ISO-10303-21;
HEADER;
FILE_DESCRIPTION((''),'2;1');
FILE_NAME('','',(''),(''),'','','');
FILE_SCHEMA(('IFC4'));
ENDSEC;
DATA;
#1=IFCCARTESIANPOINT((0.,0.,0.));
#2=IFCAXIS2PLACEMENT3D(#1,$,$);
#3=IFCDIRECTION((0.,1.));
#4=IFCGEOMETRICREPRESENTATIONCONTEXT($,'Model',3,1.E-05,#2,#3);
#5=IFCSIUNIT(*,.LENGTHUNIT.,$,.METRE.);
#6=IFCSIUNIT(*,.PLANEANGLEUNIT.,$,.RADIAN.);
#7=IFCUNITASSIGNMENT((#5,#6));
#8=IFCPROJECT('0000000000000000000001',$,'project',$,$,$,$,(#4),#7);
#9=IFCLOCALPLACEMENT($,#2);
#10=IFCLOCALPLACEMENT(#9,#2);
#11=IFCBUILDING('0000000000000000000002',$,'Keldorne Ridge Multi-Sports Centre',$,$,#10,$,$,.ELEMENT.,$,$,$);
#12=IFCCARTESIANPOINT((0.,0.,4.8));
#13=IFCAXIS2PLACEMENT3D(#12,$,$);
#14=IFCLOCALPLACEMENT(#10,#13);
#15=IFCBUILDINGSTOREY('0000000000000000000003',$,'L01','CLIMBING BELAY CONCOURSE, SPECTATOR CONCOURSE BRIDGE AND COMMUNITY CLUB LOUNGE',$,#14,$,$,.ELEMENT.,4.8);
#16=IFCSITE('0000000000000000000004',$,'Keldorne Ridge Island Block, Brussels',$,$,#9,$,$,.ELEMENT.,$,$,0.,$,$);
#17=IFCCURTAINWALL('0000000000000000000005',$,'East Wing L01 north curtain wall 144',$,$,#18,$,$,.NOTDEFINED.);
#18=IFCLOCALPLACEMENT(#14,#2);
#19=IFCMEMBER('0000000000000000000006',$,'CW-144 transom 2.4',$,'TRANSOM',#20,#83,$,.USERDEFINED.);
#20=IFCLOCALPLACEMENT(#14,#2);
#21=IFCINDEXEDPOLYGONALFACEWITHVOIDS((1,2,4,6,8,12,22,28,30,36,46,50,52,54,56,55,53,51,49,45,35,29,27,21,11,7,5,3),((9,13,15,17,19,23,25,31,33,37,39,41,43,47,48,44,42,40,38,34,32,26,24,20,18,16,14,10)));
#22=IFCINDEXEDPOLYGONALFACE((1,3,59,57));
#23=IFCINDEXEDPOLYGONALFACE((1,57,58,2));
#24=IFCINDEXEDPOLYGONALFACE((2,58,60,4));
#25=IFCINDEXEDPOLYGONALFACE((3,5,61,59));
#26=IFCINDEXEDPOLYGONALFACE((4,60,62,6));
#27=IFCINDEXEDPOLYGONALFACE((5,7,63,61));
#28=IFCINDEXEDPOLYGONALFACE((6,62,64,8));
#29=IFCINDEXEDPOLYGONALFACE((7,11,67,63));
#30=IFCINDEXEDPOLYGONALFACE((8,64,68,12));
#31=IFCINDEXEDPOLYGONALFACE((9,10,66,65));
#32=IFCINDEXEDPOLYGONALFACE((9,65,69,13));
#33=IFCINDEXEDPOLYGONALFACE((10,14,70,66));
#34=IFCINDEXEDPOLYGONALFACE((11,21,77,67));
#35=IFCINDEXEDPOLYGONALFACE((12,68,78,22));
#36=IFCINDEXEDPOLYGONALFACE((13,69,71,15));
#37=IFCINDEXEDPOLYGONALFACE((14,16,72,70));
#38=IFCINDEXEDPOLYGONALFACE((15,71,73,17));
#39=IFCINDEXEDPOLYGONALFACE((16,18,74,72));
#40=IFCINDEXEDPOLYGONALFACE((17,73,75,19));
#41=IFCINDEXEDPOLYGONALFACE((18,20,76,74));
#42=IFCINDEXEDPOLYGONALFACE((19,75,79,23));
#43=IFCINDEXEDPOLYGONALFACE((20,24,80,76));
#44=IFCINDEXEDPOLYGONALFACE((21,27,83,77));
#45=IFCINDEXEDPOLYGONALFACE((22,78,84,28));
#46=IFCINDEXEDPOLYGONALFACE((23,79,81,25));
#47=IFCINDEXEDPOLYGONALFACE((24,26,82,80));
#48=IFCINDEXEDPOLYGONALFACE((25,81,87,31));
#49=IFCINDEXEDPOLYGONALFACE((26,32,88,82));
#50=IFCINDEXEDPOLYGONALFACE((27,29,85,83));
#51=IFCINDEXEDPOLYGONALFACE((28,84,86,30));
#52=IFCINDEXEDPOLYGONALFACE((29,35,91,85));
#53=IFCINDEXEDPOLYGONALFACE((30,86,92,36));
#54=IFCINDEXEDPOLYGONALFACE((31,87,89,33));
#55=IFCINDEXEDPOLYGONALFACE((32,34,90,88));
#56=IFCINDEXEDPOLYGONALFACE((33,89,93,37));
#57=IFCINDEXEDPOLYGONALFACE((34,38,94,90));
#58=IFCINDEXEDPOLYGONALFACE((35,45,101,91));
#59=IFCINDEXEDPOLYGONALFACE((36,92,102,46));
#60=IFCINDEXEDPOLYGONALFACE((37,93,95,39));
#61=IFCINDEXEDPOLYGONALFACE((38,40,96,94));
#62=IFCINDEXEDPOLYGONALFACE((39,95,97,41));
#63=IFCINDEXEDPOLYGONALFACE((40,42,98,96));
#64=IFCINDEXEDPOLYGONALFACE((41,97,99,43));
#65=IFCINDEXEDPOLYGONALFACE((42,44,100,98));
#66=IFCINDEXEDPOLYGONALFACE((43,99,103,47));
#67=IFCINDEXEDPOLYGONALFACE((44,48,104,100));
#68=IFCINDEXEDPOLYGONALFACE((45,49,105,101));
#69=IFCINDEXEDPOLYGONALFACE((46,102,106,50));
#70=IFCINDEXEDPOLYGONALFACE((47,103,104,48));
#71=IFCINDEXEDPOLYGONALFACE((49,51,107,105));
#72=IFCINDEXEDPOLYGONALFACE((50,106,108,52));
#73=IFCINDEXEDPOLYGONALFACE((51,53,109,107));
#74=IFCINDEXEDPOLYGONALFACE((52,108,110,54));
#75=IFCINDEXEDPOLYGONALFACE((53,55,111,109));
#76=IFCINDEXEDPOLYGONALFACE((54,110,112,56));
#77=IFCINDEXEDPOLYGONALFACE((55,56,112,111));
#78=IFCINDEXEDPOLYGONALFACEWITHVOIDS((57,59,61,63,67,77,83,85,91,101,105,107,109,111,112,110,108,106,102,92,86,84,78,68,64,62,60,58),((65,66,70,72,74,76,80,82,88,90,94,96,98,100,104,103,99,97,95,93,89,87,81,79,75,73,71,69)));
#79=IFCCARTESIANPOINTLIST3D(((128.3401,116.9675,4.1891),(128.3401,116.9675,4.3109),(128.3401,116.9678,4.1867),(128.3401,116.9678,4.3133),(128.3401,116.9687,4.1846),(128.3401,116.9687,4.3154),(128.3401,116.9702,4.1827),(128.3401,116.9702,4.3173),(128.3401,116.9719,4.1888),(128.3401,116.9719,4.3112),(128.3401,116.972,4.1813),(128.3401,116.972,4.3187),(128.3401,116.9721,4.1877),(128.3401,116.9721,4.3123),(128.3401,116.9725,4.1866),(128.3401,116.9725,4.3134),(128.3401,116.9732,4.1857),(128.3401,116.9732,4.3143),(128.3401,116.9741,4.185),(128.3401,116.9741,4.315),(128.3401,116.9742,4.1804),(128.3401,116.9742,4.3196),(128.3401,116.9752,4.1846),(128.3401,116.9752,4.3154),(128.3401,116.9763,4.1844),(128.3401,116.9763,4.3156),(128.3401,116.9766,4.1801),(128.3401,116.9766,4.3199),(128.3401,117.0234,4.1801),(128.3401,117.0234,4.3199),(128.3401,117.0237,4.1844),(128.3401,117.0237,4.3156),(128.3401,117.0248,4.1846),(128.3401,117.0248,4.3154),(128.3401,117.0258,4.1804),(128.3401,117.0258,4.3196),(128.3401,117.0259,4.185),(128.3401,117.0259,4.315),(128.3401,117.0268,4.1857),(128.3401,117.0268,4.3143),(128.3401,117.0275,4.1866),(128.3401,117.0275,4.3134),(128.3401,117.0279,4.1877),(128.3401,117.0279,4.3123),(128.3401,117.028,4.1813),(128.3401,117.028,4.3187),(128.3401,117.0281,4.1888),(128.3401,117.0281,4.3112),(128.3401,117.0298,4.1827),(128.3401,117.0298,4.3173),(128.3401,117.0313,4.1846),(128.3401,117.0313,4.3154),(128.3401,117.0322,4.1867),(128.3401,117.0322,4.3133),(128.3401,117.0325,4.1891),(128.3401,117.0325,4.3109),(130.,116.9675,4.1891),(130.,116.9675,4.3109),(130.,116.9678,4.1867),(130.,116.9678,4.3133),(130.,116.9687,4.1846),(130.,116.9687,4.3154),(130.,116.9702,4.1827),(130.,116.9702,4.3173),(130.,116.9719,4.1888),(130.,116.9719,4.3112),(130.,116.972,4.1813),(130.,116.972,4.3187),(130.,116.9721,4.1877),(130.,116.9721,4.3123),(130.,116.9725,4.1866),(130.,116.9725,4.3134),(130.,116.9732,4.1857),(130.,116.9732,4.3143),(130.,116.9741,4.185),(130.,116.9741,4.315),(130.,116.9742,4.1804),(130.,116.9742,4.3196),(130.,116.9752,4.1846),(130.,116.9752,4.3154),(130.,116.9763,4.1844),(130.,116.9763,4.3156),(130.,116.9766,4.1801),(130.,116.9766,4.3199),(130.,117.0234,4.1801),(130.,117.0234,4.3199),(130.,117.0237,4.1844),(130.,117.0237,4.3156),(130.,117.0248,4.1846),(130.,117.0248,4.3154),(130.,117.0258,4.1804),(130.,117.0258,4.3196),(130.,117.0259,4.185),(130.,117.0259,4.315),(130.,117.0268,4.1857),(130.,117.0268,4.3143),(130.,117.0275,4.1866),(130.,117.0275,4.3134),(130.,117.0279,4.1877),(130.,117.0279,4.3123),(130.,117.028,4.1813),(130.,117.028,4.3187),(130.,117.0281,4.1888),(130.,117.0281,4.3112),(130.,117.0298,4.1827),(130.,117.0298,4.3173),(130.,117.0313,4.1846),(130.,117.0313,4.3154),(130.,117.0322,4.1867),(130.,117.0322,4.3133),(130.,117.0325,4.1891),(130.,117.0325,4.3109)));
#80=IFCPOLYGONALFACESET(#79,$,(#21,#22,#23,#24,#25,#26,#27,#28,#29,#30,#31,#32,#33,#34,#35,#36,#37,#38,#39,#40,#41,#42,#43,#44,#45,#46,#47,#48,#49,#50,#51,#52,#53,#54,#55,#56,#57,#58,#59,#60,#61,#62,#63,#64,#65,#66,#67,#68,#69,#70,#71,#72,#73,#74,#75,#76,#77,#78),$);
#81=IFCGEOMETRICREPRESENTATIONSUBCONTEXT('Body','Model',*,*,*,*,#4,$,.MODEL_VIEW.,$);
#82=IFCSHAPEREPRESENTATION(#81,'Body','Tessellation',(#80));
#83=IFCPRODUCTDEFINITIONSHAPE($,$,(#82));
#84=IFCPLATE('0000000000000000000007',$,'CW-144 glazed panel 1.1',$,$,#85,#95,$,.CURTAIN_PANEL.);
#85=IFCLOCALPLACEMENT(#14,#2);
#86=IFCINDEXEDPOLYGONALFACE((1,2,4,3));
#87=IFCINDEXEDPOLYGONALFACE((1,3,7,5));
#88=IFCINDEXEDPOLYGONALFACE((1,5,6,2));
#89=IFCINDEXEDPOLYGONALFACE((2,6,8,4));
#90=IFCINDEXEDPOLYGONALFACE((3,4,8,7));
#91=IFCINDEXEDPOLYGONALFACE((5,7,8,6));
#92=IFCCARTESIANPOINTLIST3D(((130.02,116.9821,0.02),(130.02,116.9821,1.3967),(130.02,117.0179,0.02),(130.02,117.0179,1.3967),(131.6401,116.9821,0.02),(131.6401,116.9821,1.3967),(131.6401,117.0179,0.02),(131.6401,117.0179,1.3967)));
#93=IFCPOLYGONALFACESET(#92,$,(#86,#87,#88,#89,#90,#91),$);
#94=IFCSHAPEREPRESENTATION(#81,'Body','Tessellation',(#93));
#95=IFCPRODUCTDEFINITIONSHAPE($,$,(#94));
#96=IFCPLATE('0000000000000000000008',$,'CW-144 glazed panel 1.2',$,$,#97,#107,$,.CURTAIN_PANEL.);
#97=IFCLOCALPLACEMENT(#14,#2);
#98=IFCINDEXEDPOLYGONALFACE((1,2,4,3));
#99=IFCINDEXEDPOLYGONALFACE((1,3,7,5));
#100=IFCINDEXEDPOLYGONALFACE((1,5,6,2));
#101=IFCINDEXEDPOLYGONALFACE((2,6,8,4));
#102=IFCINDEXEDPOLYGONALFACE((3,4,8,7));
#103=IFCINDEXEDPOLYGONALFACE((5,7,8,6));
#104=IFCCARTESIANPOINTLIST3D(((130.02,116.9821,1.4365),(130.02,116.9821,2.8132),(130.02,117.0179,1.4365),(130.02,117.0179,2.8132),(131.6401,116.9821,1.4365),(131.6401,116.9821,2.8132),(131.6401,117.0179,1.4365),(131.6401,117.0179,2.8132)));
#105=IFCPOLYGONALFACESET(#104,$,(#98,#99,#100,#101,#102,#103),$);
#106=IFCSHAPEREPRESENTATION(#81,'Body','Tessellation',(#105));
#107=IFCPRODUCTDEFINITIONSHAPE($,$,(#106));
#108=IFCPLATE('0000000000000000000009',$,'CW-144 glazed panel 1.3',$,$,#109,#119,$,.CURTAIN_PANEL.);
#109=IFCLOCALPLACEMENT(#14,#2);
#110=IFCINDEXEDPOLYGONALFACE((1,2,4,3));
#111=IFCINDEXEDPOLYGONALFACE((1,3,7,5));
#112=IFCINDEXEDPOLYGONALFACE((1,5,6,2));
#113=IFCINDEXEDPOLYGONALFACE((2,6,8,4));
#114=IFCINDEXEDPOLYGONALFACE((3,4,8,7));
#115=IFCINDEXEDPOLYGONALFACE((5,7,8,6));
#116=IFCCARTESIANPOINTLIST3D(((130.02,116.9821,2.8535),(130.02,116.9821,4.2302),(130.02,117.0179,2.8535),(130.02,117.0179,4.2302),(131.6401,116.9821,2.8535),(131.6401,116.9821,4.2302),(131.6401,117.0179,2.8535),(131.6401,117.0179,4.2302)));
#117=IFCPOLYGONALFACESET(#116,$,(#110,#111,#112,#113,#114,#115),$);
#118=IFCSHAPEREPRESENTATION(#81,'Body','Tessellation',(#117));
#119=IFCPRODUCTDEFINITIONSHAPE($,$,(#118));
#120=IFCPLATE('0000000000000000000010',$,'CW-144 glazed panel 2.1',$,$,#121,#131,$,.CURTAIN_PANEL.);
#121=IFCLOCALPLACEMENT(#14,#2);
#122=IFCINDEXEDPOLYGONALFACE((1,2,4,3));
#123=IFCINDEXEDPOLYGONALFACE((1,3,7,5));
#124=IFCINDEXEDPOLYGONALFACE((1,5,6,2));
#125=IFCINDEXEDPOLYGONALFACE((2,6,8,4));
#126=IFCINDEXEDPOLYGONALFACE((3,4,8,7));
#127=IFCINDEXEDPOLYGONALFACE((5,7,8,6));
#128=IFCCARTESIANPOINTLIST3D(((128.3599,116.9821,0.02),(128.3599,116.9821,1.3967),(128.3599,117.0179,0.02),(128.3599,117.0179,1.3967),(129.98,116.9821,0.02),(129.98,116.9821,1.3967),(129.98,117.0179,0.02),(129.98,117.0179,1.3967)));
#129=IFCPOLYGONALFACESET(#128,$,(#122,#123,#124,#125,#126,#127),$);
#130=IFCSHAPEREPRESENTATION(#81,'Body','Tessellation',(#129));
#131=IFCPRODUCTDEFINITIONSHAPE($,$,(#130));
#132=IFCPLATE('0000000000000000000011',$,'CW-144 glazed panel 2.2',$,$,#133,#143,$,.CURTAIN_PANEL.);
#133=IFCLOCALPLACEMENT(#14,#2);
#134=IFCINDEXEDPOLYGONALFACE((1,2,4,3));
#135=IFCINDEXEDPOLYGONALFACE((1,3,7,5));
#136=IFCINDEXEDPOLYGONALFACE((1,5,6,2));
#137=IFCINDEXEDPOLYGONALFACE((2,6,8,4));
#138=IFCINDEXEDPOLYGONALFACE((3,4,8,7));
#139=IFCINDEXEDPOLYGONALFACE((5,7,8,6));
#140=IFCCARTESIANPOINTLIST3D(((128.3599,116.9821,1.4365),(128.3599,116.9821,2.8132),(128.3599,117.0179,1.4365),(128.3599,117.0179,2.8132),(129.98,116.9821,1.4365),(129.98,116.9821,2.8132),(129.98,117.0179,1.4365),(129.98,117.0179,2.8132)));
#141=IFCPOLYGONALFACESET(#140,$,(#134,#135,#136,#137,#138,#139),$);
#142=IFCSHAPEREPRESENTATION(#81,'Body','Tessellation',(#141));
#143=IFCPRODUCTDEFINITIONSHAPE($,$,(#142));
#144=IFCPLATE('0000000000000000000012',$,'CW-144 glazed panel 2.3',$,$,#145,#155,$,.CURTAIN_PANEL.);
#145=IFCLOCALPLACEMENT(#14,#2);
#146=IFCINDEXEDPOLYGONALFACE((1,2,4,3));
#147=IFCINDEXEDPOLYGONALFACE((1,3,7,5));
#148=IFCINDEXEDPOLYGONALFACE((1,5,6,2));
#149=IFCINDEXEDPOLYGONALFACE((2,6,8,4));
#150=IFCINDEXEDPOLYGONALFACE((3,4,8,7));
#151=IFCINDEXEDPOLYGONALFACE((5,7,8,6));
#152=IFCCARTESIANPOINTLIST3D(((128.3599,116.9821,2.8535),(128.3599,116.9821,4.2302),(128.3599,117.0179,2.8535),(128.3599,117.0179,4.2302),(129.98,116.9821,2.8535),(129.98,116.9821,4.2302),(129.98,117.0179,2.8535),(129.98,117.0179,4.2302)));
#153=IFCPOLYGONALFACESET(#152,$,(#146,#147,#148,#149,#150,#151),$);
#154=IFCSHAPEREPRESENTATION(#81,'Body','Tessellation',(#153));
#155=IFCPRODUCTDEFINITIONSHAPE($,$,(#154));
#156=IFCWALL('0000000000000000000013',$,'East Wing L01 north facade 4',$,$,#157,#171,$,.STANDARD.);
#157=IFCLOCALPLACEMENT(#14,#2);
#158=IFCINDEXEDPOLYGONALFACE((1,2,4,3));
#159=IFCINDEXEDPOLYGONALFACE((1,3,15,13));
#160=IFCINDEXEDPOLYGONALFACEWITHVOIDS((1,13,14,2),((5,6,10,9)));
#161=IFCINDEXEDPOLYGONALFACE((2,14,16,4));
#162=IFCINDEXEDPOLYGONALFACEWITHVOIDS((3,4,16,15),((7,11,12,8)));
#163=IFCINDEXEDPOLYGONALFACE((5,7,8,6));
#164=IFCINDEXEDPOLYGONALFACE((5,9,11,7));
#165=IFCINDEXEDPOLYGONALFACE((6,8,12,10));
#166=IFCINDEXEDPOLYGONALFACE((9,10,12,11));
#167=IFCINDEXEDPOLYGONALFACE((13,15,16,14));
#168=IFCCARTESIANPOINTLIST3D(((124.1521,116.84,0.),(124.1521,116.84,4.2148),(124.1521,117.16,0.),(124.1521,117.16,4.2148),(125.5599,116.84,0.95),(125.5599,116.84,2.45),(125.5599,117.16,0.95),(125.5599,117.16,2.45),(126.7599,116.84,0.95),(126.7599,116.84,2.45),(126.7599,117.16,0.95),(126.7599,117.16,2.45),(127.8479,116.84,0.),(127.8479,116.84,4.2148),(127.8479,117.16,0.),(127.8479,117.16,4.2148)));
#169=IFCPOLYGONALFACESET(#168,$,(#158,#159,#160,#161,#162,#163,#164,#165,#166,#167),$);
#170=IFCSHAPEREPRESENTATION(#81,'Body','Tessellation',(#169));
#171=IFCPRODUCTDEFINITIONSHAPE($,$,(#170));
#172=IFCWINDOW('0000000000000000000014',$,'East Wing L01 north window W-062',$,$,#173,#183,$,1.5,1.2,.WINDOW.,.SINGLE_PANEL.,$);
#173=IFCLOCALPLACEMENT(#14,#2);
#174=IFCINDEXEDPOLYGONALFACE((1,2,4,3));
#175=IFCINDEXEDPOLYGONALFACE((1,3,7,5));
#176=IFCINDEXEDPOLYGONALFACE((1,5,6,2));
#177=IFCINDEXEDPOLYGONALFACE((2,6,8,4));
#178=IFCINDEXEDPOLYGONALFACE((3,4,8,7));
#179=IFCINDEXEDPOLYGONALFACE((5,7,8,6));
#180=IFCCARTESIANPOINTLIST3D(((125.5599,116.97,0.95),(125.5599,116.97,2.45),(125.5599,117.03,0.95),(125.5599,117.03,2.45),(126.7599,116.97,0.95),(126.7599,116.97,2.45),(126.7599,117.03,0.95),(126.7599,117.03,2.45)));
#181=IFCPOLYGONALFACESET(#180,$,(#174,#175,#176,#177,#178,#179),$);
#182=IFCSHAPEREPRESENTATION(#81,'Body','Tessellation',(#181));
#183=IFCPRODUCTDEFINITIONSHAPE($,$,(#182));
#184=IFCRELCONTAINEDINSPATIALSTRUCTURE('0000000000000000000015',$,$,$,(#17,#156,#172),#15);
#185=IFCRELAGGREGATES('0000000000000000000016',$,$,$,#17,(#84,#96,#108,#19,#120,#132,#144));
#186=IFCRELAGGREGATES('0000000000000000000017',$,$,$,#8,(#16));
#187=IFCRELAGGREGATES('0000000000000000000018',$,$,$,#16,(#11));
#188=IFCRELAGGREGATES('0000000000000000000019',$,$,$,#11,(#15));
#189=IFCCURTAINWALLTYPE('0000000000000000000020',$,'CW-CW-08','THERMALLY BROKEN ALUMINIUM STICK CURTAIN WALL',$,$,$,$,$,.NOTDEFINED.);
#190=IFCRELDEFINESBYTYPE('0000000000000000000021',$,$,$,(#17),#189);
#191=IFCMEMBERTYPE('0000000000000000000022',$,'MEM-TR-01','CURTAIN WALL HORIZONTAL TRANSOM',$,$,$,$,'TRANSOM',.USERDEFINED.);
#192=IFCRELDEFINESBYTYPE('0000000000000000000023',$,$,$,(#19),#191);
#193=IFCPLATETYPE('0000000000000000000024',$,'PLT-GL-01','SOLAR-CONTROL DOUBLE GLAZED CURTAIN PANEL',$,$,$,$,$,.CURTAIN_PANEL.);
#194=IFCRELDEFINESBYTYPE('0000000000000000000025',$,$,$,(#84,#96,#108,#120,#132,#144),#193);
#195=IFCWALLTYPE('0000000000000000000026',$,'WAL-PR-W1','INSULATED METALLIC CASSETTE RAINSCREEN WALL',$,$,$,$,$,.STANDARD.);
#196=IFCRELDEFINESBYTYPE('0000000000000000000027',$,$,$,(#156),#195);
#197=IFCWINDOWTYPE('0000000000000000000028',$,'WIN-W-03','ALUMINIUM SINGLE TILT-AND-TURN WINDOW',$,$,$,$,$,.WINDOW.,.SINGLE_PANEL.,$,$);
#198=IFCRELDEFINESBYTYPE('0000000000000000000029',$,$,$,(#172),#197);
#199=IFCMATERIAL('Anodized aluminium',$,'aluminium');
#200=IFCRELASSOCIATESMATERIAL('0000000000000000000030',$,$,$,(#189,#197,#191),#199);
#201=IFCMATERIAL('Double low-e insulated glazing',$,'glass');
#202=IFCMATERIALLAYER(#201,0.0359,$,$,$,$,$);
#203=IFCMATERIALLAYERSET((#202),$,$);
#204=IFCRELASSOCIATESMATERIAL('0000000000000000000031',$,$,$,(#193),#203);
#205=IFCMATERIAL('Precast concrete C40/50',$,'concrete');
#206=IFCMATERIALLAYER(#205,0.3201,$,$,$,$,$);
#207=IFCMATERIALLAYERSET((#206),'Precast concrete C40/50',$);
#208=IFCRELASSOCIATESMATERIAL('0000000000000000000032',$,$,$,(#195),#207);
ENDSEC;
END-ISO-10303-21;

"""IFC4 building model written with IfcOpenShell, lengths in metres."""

from ifc_helpers import new_model, si_unit, direction, frame, frame_2d, origin, origin_2d, place, context, subcontext, project, spatial, rectangle, hollow_rectangle, extrude, material, layer, layer_set, material_profile, profile_set, type_object, element, fill, aggregate, save


model = new_model("IFC4")

# Units and contexts
model_context = context("Model", 3, precision=1e-05, world=origin(), true_north=direction((0.0, 1.0)))
body_context = subcontext(model_context, "Body", "Model", "MODEL_VIEW")
ifc_project = project(units=[si_unit("LENGTHUNIT", "METRE"), si_unit("PLANEANGLEUNIT", "RADIAN")], contexts=[model_context])

# Site, building, storey
site_placement = place(None, origin())
site = spatial("IfcSite", under=ifc_project, at=site_placement, Name="Keldorne Ridge Island Block, Brussels", CompositionType="ELEMENT", RefElevation=0.0)
building_placement = place(site_placement, origin())
building = spatial("IfcBuilding", under=site, at=building_placement, Name="Keldorne Ridge Multi-Sports Centre", CompositionType="ELEMENT")
storey_placement = place(building_placement, frame((0.0, 0.0, 4.8)))
storey = spatial("IfcBuildingStorey", under=building, at=storey_placement, Name="L01", Description="CLIMBING BELAY CONCOURSE, SPECTATOR CONCOURSE BRIDGE AND COMMUNITY CLUB LOUNGE", CompositionType="ELEMENT", Elevation=4.8)

# Shared definitions
ifc_material_1 = material(Name="Anodized aluminium", Category="aluminium")

# Curtain wall
curtain_wall_type_1 = type_object("IfcCurtainWallType", Name="CW-CW-08", Description="THERMALLY BROKEN ALUMINIUM STICK CURTAIN WALL", PredefinedType="NOTDEFINED", material=ifc_material_1)
curtain_wall_1_placement = place(storey_placement, origin())
curtain_wall_1 = element("IfcCurtainWall", 1, at=curtain_wall_1_placement, inside=storey, type_object=curtain_wall_type_1, Name="East Wing L01 north curtain wall 144", PredefinedType="NOTDEFINED")

# Member
ifc_material_profile_1 = material_profile(ifc_material_1, hollow_rectangle(XDim=0.0649, YDim=0.1399, WallThickness=0.0044, InnerFilletRadius=0.0044, OuterFilletRadius=0.009, at=origin_2d()), Name="ALU TRANSOM 140x65x4.5")
ifc_profile_set_1 = profile_set([ifc_material_profile_1], Name="Anodized aluminium")
member_type_1 = type_object("IfcMemberType", Name="MEM-TR-01", Description="CURTAIN WALL HORIZONTAL TRANSOM", ElementType="TRANSOM", PredefinedType="USERDEFINED", material=ifc_profile_set_1)
member_1_placement = place(storey_placement, frame((130.0, 117.0, 4.25), z_axis=(-1.0, 0.0, 0.0), x_axis=(0.0, -1.0, 0.0)))
member_1 = element("IfcMember", 2, at=member_1_placement, type_object=member_type_1, Name="CW-144 transom 2.4", ObjectType="TRANSOM", PredefinedType="USERDEFINED", context=body_context, shape_type="SweptSolid", body=[
    extrude(hollow_rectangle(XDim=0.0649, YDim=0.1399, WallThickness=0.0044, InnerFilletRadius=0.0044, OuterFilletRadius=0.009, at=origin_2d()), origin(), (0.0, 0.0, 1.0), 1.6599),
])

# Plates
ifc_material_2 = material(Name="Double low-e insulated glazing", Category="glass")
ifc_layer_1 = layer(ifc_material_2, 0.0359)
ifc_layer_set_1 = layer_set([ifc_layer_1])
plate_type = type_object("IfcPlateType", Name="PLT-GL-01", Description="SOLAR-CONTROL DOUBLE GLAZED CURTAIN PANEL", PredefinedType="CURTAIN_PANEL", material=ifc_layer_set_1)
plate_1_placement = place(storey_placement, frame((130.8301, 117.0, 0.02), z_axis=(0.0, 0.0, 1.0), x_axis=(-1.0, 0.0, 0.0)))
plate_1 = element("IfcPlate", 3, at=plate_1_placement, type_object=plate_type, Name="CW-144 glazed panel 1.1", PredefinedType="CURTAIN_PANEL", context=body_context, shape_type="SweptSolid", body=[
    extrude(rectangle(XDim=1.6201, YDim=0.0359, at=origin_2d()), origin(), (0.0, 0.0, 1.0), 1.3767),
])
plate_2_placement = place(storey_placement, frame((130.8301, 117.0, 1.4365), z_axis=(0.0, 0.0, 1.0), x_axis=(-1.0, 0.0, 0.0)))
plate_2 = element("IfcPlate", 4, at=plate_2_placement, type_object=plate_type, Name="CW-144 glazed panel 1.2", PredefinedType="CURTAIN_PANEL", context=body_context, shape_type="SweptSolid", body=[
    extrude(rectangle(XDim=1.6201, YDim=0.0359, at=origin_2d()), origin(), (0.0, 0.0, 1.0), 1.3767),
])
plate_3_placement = place(storey_placement, frame((130.8301, 117.0, 2.8535), z_axis=(0.0, 0.0, 1.0), x_axis=(-1.0, 0.0, 0.0)))
plate_3 = element("IfcPlate", 5, at=plate_3_placement, type_object=plate_type, Name="CW-144 glazed panel 1.3", PredefinedType="CURTAIN_PANEL", context=body_context, shape_type="SweptSolid", body=[
    extrude(rectangle(XDim=1.6201, YDim=0.0359, at=origin_2d()), origin(), (0.0, 0.0, 1.0), 1.3767),
])
plate_4_placement = place(storey_placement, frame((129.1699, 117.0, 0.02), z_axis=(0.0, 0.0, 1.0), x_axis=(-1.0, 0.0, 0.0)))
plate_4 = element("IfcPlate", 6, at=plate_4_placement, type_object=plate_type, Name="CW-144 glazed panel 2.1", PredefinedType="CURTAIN_PANEL", context=body_context, shape_type="SweptSolid", body=[
    extrude(rectangle(XDim=1.6201, YDim=0.0359, at=origin_2d()), origin(), (0.0, 0.0, 1.0), 1.3767),
])
plate_5_placement = place(storey_placement, frame((129.1699, 117.0, 1.4365), z_axis=(0.0, 0.0, 1.0), x_axis=(-1.0, 0.0, 0.0)))
plate_5 = element("IfcPlate", 7, at=plate_5_placement, type_object=plate_type, Name="CW-144 glazed panel 2.2", PredefinedType="CURTAIN_PANEL", context=body_context, shape_type="SweptSolid", body=[
    extrude(rectangle(XDim=1.6201, YDim=0.0359, at=origin_2d()), origin(), (0.0, 0.0, 1.0), 1.3767),
])
plate_6_placement = place(storey_placement, frame((129.1699, 117.0, 2.8535), z_axis=(0.0, 0.0, 1.0), x_axis=(-1.0, 0.0, 0.0)))
plate_6 = element("IfcPlate", 8, at=plate_6_placement, type_object=plate_type, Name="CW-144 glazed panel 2.3", PredefinedType="CURTAIN_PANEL", context=body_context, shape_type="SweptSolid", body=[
    extrude(rectangle(XDim=1.6201, YDim=0.0359, at=origin_2d()), origin(), (0.0, 0.0, 1.0), 1.3767),
])
aggregate(curtain_wall_1, [plate_1, plate_2, plate_3, member_1, plate_4, plate_5, plate_6])

# Wall, opening, window
ifc_material_3 = material(Name="Precast concrete C40/50", Category="concrete")
ifc_layer_2 = layer(ifc_material_3, 0.3201)
ifc_layer_set_2 = layer_set([ifc_layer_2], Name="Precast concrete C40/50")
wall_type = type_object("IfcWallType", Name="WAL-PR-W1", Description="INSULATED METALLIC CASSETTE RAINSCREEN WALL", PredefinedType="STANDARD", material=ifc_layer_set_2)
wall_1_placement = place(storey_placement, frame((127.8479, 117.0, 0.0), z_axis=(0.0, 0.0, 1.0), x_axis=(-1.0, 0.0, 0.0)))
wall_1 = element("IfcWall", 9, at=wall_1_placement, inside=storey, type_object=wall_type, Name="East Wing L01 north facade 4", PredefinedType="STANDARD", context=body_context, shape_type="SweptSolid", body=[
    extrude(rectangle(XDim=3.6958, YDim=0.3201, at=frame_2d((1.8479, 0.0))), origin(), (0.0, 0.0, 1.0), 4.2148),
])
opening_1_placement = place(wall_1_placement, frame((1.0879, 0.0, 0.95)))
opening_1 = element("IfcOpeningElement", 10, at=opening_1_placement, cuts=wall_1, PredefinedType="OPENING", context=body_context, shape_type="SweptSolid", body=[
    extrude(rectangle(XDim=1.2, YDim=1.5, at=frame_2d((0.6001, 0.75))), frame((0.0, 0.1699, 0.0), z_axis=(0.0, -1.0, 0.0), x_axis=(1.0, 0.0, 0.0)), (0.0, 0.0, 1.0), 0.3401),
])
window_type = type_object("IfcWindowType", Name="WIN-W-03", Description="ALUMINIUM SINGLE TILT-AND-TURN WINDOW", PartitioningType="SINGLE_PANEL", PredefinedType="WINDOW", material=ifc_material_1)
window_1_placement = place(opening_1_placement, origin())
window_1 = element("IfcWindow", 11, at=window_1_placement, inside=storey, type_object=window_type, Name="East Wing L01 north window W-062", OverallHeight=1.5, OverallWidth=1.2, PartitioningType="SINGLE_PANEL", PredefinedType="WINDOW", context=body_context, shape_type="SweptSolid", body=[
    extrude(rectangle(XDim=1.2, YDim=1.5, at=frame_2d((0.6001, 0.75))), frame((0.0, 0.03, 0.0), z_axis=(0.0, -1.0, 0.0), x_axis=(1.0, 0.0, 0.0)), (0.0, 0.0, 1.0), 0.0601),
])
fill(opening_1, window_1)

save(model, "model.ifc")
